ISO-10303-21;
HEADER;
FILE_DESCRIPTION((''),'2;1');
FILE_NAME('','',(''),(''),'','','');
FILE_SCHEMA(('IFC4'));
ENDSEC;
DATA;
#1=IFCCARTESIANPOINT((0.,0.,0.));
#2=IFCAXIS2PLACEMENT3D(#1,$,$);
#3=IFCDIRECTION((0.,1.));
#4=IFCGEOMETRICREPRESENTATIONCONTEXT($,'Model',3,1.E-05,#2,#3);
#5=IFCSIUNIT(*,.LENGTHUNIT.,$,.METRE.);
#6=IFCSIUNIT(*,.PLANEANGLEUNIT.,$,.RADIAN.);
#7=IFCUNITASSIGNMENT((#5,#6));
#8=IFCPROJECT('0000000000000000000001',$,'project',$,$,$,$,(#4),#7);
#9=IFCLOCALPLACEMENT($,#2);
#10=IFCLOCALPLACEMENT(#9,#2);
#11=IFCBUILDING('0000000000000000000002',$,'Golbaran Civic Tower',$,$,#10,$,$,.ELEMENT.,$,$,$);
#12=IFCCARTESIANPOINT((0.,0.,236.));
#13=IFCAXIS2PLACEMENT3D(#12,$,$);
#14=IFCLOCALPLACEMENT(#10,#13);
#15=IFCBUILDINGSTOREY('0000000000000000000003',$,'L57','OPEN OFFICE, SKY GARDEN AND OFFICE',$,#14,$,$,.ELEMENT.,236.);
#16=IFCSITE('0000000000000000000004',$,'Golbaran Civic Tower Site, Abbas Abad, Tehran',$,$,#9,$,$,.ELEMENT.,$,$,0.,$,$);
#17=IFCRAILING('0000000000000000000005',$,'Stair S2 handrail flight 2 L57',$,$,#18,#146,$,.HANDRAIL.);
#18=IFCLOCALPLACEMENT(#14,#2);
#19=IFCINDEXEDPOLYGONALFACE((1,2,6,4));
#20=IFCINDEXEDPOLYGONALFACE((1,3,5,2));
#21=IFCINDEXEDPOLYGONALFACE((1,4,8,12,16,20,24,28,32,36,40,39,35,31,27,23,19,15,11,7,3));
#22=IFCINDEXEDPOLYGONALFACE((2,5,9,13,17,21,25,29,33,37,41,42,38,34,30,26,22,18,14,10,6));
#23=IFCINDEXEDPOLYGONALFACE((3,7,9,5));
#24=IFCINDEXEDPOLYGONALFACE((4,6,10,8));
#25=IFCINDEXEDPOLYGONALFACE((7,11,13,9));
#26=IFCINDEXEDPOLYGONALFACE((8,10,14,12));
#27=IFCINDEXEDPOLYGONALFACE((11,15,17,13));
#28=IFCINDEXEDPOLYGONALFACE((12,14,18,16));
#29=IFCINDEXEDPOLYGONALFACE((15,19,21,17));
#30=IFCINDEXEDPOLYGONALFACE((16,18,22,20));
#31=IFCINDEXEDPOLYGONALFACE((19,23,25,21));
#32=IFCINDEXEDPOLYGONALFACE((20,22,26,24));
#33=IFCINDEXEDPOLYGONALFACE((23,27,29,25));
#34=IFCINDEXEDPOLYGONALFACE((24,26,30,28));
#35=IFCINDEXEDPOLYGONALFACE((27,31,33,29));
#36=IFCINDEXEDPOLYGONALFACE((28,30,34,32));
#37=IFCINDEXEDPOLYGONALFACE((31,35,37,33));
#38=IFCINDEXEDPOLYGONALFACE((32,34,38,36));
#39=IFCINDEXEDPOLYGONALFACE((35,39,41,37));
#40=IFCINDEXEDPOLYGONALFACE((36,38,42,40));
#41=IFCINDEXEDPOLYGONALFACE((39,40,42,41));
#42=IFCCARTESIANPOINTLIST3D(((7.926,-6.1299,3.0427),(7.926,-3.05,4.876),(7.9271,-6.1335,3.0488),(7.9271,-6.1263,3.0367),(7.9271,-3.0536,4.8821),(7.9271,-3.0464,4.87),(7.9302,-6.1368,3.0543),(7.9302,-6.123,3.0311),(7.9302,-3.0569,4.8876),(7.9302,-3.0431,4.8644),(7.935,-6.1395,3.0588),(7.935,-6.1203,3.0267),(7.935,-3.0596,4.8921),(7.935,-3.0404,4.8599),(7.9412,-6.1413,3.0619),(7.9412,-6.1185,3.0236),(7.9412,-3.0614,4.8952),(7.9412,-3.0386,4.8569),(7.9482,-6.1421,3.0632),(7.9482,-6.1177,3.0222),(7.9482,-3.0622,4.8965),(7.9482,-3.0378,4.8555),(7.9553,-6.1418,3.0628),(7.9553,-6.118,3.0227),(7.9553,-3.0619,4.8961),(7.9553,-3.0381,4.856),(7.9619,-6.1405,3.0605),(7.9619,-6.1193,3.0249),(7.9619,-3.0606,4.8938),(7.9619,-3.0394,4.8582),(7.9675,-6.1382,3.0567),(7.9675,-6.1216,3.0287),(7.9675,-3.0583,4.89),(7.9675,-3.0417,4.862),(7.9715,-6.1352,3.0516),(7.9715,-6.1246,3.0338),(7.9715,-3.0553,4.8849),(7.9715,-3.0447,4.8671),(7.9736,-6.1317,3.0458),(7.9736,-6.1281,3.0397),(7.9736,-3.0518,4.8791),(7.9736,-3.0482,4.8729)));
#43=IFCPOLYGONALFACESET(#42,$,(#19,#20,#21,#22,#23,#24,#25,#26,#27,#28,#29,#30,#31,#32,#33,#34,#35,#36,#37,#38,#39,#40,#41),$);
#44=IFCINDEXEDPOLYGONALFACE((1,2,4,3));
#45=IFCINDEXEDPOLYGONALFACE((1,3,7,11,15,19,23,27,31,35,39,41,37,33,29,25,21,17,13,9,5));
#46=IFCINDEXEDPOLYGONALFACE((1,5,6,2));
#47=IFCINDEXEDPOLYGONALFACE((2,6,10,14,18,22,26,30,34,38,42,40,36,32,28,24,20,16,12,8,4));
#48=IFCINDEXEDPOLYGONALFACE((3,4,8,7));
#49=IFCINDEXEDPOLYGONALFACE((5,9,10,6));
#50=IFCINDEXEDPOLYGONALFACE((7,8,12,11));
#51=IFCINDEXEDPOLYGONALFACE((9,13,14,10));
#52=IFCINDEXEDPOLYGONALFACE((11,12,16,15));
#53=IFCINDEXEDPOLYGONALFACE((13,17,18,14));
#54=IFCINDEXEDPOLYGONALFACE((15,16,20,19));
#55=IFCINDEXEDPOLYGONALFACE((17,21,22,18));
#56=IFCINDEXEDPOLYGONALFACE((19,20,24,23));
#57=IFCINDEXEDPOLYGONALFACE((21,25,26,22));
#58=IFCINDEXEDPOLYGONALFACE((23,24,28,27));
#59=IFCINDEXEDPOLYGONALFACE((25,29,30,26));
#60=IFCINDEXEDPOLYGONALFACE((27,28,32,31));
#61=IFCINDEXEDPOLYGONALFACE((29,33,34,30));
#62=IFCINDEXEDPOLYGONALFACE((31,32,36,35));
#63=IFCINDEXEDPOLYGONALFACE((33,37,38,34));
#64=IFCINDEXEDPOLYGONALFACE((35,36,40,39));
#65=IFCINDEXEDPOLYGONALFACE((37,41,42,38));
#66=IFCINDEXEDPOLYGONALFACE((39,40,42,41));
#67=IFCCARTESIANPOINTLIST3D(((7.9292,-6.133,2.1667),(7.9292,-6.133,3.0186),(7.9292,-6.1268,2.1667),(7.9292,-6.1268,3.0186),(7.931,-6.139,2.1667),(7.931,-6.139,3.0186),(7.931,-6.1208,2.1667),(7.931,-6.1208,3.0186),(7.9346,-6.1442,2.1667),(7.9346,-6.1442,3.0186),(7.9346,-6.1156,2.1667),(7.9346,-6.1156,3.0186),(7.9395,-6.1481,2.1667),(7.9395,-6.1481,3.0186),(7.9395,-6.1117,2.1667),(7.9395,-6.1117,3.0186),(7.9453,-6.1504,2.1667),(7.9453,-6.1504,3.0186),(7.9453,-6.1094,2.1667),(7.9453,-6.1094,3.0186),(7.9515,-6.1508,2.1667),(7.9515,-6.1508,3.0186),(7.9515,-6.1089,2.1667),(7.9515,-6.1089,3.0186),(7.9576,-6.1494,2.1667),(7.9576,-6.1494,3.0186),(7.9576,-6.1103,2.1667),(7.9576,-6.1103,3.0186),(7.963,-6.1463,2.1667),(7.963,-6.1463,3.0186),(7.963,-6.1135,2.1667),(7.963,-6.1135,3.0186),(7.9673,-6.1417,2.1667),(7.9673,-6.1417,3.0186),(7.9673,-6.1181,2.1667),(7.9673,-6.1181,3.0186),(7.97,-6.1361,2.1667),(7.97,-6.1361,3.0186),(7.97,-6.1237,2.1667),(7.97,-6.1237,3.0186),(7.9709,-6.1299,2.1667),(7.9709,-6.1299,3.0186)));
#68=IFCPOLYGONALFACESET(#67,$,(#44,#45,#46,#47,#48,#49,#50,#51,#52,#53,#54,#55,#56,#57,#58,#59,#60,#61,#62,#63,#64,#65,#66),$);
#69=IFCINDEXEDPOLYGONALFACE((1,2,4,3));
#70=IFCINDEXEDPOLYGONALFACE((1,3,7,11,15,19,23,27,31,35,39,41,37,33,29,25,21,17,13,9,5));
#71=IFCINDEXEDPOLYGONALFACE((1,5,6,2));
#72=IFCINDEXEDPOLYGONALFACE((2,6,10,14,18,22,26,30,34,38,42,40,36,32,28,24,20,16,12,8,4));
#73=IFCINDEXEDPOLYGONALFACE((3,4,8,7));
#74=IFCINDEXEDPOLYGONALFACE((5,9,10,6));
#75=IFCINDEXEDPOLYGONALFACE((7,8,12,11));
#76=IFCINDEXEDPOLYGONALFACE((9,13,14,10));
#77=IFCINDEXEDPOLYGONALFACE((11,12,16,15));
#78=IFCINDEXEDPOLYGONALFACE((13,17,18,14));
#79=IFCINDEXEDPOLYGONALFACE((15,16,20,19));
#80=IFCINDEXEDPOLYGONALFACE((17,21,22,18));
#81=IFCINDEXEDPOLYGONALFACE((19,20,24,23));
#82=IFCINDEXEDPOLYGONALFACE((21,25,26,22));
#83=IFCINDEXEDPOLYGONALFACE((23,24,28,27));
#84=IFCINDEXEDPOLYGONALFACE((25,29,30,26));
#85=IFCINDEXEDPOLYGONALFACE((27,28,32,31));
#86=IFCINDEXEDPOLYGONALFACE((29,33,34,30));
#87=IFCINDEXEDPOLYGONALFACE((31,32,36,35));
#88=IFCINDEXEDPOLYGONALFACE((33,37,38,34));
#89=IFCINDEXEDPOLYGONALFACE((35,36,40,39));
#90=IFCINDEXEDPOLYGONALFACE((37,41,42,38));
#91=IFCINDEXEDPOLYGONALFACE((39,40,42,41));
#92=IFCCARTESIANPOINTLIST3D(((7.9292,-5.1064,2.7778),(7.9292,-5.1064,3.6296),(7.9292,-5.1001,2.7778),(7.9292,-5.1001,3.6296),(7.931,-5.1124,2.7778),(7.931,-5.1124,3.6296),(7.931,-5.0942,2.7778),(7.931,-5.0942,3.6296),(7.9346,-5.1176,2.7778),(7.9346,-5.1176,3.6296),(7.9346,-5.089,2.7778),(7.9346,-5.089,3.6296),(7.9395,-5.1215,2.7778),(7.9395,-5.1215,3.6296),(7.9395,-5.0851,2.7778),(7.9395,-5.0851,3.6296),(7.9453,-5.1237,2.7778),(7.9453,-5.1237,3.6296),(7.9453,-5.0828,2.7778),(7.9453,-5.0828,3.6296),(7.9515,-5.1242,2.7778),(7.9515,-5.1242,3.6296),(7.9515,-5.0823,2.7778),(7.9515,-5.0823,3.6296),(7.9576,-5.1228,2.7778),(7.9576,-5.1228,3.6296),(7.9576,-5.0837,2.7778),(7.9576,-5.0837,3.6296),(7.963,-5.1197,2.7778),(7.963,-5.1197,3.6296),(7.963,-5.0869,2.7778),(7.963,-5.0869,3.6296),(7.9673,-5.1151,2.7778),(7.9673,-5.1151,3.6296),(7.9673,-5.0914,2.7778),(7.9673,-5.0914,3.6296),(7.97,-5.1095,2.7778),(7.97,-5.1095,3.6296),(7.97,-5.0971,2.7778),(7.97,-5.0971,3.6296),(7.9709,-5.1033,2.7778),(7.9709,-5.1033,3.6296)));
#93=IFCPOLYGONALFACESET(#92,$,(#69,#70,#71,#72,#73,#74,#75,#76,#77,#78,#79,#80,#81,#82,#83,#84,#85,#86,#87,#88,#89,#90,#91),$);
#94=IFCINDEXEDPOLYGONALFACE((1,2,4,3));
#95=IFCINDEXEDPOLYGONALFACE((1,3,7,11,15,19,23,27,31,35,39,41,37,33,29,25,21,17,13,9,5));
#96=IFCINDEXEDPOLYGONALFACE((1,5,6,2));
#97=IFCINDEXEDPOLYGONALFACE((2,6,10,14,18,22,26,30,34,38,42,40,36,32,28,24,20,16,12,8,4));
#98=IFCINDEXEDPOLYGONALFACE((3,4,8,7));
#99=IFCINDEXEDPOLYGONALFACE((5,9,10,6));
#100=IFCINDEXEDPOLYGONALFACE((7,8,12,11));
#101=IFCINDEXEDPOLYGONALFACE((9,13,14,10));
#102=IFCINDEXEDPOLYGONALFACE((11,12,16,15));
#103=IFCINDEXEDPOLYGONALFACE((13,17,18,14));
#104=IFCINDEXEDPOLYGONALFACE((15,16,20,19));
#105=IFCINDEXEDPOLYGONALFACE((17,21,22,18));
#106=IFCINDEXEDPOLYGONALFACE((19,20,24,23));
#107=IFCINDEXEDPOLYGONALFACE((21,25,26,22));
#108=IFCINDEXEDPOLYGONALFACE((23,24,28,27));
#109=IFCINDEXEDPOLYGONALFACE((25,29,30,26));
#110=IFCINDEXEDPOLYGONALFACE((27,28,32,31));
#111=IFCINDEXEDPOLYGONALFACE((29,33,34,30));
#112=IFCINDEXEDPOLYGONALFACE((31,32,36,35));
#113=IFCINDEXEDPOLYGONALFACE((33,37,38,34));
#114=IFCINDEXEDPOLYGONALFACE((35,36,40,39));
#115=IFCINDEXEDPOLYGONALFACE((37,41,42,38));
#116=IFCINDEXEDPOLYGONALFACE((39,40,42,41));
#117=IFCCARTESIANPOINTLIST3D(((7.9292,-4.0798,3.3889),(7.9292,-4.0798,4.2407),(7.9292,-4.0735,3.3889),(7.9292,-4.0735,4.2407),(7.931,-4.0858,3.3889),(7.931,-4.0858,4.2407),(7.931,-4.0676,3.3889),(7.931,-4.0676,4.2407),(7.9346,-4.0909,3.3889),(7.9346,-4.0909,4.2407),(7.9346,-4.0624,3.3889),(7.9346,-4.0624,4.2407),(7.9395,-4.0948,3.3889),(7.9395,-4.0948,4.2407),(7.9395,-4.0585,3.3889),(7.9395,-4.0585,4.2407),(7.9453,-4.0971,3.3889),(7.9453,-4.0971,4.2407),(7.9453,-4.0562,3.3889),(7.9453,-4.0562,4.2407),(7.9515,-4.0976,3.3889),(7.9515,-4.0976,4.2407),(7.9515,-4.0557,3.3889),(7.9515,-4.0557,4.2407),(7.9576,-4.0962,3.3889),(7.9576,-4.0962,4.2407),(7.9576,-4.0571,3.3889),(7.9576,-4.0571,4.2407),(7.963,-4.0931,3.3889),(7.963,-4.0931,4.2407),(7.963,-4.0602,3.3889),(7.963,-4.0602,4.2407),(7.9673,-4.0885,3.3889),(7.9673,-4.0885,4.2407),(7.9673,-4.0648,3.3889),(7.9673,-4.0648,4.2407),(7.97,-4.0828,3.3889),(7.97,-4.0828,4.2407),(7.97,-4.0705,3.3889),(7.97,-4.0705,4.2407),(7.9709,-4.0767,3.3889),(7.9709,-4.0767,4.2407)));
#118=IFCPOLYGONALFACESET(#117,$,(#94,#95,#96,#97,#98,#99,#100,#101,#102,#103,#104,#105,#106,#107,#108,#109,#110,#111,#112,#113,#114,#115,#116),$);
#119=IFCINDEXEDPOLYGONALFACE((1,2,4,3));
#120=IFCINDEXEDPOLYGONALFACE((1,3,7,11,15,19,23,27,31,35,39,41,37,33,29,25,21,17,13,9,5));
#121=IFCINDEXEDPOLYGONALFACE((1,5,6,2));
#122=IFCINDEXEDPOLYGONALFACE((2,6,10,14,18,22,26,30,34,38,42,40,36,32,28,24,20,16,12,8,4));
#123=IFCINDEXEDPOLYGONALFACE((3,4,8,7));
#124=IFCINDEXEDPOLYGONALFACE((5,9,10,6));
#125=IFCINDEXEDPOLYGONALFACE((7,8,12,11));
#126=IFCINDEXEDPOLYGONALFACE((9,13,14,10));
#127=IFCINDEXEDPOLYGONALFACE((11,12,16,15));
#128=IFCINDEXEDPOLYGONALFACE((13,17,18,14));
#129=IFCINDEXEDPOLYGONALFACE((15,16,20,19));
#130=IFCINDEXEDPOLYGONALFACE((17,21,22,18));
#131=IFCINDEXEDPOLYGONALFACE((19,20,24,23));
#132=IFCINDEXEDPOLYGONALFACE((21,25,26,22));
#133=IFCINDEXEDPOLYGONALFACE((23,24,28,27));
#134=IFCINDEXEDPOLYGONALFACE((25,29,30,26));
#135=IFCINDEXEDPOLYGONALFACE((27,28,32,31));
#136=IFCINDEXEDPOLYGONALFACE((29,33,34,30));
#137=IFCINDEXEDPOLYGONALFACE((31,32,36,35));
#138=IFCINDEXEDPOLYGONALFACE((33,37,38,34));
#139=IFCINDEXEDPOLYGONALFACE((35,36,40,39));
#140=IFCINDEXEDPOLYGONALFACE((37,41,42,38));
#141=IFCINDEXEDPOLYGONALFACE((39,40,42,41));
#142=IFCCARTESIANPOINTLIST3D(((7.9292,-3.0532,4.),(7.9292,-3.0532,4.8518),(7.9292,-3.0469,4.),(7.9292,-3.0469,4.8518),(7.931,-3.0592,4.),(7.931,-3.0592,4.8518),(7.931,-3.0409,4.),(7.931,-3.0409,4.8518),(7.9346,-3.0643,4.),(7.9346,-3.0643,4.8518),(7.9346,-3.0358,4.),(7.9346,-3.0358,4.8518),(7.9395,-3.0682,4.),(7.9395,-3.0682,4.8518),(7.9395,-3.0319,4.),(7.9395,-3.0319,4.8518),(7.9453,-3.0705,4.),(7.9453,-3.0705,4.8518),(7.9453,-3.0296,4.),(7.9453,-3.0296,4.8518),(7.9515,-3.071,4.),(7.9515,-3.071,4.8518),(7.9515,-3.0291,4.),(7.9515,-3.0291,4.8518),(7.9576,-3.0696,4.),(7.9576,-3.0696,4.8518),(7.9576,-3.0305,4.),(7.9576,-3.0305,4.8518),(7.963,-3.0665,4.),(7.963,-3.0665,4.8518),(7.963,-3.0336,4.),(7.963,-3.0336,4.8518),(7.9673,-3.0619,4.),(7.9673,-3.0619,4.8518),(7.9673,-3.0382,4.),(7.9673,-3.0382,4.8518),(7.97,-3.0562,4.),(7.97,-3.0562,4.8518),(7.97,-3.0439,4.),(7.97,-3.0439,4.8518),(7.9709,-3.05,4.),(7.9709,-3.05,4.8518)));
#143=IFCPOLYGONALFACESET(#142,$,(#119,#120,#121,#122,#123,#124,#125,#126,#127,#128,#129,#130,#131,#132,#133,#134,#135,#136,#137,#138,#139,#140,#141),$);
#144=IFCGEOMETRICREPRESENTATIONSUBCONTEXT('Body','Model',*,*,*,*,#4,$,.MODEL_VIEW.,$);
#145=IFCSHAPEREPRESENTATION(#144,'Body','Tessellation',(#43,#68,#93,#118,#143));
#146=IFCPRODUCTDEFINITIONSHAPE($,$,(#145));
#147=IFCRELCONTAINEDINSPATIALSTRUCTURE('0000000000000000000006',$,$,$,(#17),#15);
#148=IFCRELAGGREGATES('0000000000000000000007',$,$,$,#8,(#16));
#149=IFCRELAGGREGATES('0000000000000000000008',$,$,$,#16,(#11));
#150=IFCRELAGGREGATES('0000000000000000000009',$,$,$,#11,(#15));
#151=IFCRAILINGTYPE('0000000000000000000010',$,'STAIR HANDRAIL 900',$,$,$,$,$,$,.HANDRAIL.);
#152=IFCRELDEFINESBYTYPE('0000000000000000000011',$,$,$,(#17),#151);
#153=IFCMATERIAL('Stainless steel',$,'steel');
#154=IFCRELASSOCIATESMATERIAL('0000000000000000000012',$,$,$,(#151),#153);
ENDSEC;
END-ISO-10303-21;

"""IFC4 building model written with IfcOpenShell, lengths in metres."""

from ifc_helpers import new_model, si_unit, direction, frame, origin, origin_2d, place, context, subcontext, project, spatial, circle, extrude, material, type_object, element, save


model = new_model("IFC4")

# Units and contexts
model_context = context("Model", 3, precision=1e-05, world=origin(), true_north=direction((0.0, 1.0)))
body_context = subcontext(model_context, "Body", "Model", "MODEL_VIEW")
ifc_project = project(units=[si_unit("LENGTHUNIT", "METRE"), si_unit("PLANEANGLEUNIT", "RADIAN")], contexts=[model_context])

# Site, building, storey
site_placement = place(None, origin())
site = spatial("IfcSite", under=ifc_project, at=site_placement, Name="Golbaran Civic Tower Site, Abbas Abad, Tehran", CompositionType="ELEMENT", RefElevation=0.0)
building_placement = place(site_placement, origin())
building = spatial("IfcBuilding", under=site, at=building_placement, Name="Golbaran Civic Tower", CompositionType="ELEMENT")
storey_placement = place(building_placement, frame((0.0, 0.0, 236.0)))
storey = spatial("IfcBuildingStorey", under=building, at=storey_placement, Name="L57", Description="OPEN OFFICE, SKY GARDEN AND OFFICE", CompositionType="ELEMENT", Elevation=236.0)

# Shared definitions
ifc_material_1 = material(Name="Stainless steel", Category="steel")

# Railing
railing_type = type_object("IfcRailingType", Name="STAIR HANDRAIL 900", PredefinedType="HANDRAIL", material=ifc_material_1)
railing_1_placement = place(storey_placement, frame((7.95, -6.1299, 2.1667)))
element("IfcRailing", 1, at=railing_1_placement, inside=storey, type_object=railing_type, Name="Stair S2 handrail flight 2 L57", PredefinedType="HANDRAIL", context=body_context, shape_type="SweptSolid", body=[
    extrude(circle(Radius=0.0239, at=origin_2d()), frame((0.0, 0.0, 0.876), z_axis=(0.0, 0.859291, 0.511487), x_axis=(-1.0, 0.0, 0.0)), (0.0, 0.0, 1.0), 3.5842),
    extrude(circle(Radius=0.021, at=origin_2d()), origin(), (0.0, 0.0, 1.0), 0.8518),
    extrude(circle(Radius=0.021, at=origin_2d()), frame((0.0, 1.0266, 0.6111)), (0.0, 0.0, 1.0), 0.8518),
    extrude(circle(Radius=0.021, at=origin_2d()), frame((0.0, 2.0532, 1.2222)), (0.0, 0.0, 1.0), 0.8518),
    extrude(circle(Radius=0.021, at=origin_2d()), frame((0.0, 3.0798, 1.8333)), (0.0, 0.0, 1.0), 0.8518),
])

save(model, "model.ifc")
